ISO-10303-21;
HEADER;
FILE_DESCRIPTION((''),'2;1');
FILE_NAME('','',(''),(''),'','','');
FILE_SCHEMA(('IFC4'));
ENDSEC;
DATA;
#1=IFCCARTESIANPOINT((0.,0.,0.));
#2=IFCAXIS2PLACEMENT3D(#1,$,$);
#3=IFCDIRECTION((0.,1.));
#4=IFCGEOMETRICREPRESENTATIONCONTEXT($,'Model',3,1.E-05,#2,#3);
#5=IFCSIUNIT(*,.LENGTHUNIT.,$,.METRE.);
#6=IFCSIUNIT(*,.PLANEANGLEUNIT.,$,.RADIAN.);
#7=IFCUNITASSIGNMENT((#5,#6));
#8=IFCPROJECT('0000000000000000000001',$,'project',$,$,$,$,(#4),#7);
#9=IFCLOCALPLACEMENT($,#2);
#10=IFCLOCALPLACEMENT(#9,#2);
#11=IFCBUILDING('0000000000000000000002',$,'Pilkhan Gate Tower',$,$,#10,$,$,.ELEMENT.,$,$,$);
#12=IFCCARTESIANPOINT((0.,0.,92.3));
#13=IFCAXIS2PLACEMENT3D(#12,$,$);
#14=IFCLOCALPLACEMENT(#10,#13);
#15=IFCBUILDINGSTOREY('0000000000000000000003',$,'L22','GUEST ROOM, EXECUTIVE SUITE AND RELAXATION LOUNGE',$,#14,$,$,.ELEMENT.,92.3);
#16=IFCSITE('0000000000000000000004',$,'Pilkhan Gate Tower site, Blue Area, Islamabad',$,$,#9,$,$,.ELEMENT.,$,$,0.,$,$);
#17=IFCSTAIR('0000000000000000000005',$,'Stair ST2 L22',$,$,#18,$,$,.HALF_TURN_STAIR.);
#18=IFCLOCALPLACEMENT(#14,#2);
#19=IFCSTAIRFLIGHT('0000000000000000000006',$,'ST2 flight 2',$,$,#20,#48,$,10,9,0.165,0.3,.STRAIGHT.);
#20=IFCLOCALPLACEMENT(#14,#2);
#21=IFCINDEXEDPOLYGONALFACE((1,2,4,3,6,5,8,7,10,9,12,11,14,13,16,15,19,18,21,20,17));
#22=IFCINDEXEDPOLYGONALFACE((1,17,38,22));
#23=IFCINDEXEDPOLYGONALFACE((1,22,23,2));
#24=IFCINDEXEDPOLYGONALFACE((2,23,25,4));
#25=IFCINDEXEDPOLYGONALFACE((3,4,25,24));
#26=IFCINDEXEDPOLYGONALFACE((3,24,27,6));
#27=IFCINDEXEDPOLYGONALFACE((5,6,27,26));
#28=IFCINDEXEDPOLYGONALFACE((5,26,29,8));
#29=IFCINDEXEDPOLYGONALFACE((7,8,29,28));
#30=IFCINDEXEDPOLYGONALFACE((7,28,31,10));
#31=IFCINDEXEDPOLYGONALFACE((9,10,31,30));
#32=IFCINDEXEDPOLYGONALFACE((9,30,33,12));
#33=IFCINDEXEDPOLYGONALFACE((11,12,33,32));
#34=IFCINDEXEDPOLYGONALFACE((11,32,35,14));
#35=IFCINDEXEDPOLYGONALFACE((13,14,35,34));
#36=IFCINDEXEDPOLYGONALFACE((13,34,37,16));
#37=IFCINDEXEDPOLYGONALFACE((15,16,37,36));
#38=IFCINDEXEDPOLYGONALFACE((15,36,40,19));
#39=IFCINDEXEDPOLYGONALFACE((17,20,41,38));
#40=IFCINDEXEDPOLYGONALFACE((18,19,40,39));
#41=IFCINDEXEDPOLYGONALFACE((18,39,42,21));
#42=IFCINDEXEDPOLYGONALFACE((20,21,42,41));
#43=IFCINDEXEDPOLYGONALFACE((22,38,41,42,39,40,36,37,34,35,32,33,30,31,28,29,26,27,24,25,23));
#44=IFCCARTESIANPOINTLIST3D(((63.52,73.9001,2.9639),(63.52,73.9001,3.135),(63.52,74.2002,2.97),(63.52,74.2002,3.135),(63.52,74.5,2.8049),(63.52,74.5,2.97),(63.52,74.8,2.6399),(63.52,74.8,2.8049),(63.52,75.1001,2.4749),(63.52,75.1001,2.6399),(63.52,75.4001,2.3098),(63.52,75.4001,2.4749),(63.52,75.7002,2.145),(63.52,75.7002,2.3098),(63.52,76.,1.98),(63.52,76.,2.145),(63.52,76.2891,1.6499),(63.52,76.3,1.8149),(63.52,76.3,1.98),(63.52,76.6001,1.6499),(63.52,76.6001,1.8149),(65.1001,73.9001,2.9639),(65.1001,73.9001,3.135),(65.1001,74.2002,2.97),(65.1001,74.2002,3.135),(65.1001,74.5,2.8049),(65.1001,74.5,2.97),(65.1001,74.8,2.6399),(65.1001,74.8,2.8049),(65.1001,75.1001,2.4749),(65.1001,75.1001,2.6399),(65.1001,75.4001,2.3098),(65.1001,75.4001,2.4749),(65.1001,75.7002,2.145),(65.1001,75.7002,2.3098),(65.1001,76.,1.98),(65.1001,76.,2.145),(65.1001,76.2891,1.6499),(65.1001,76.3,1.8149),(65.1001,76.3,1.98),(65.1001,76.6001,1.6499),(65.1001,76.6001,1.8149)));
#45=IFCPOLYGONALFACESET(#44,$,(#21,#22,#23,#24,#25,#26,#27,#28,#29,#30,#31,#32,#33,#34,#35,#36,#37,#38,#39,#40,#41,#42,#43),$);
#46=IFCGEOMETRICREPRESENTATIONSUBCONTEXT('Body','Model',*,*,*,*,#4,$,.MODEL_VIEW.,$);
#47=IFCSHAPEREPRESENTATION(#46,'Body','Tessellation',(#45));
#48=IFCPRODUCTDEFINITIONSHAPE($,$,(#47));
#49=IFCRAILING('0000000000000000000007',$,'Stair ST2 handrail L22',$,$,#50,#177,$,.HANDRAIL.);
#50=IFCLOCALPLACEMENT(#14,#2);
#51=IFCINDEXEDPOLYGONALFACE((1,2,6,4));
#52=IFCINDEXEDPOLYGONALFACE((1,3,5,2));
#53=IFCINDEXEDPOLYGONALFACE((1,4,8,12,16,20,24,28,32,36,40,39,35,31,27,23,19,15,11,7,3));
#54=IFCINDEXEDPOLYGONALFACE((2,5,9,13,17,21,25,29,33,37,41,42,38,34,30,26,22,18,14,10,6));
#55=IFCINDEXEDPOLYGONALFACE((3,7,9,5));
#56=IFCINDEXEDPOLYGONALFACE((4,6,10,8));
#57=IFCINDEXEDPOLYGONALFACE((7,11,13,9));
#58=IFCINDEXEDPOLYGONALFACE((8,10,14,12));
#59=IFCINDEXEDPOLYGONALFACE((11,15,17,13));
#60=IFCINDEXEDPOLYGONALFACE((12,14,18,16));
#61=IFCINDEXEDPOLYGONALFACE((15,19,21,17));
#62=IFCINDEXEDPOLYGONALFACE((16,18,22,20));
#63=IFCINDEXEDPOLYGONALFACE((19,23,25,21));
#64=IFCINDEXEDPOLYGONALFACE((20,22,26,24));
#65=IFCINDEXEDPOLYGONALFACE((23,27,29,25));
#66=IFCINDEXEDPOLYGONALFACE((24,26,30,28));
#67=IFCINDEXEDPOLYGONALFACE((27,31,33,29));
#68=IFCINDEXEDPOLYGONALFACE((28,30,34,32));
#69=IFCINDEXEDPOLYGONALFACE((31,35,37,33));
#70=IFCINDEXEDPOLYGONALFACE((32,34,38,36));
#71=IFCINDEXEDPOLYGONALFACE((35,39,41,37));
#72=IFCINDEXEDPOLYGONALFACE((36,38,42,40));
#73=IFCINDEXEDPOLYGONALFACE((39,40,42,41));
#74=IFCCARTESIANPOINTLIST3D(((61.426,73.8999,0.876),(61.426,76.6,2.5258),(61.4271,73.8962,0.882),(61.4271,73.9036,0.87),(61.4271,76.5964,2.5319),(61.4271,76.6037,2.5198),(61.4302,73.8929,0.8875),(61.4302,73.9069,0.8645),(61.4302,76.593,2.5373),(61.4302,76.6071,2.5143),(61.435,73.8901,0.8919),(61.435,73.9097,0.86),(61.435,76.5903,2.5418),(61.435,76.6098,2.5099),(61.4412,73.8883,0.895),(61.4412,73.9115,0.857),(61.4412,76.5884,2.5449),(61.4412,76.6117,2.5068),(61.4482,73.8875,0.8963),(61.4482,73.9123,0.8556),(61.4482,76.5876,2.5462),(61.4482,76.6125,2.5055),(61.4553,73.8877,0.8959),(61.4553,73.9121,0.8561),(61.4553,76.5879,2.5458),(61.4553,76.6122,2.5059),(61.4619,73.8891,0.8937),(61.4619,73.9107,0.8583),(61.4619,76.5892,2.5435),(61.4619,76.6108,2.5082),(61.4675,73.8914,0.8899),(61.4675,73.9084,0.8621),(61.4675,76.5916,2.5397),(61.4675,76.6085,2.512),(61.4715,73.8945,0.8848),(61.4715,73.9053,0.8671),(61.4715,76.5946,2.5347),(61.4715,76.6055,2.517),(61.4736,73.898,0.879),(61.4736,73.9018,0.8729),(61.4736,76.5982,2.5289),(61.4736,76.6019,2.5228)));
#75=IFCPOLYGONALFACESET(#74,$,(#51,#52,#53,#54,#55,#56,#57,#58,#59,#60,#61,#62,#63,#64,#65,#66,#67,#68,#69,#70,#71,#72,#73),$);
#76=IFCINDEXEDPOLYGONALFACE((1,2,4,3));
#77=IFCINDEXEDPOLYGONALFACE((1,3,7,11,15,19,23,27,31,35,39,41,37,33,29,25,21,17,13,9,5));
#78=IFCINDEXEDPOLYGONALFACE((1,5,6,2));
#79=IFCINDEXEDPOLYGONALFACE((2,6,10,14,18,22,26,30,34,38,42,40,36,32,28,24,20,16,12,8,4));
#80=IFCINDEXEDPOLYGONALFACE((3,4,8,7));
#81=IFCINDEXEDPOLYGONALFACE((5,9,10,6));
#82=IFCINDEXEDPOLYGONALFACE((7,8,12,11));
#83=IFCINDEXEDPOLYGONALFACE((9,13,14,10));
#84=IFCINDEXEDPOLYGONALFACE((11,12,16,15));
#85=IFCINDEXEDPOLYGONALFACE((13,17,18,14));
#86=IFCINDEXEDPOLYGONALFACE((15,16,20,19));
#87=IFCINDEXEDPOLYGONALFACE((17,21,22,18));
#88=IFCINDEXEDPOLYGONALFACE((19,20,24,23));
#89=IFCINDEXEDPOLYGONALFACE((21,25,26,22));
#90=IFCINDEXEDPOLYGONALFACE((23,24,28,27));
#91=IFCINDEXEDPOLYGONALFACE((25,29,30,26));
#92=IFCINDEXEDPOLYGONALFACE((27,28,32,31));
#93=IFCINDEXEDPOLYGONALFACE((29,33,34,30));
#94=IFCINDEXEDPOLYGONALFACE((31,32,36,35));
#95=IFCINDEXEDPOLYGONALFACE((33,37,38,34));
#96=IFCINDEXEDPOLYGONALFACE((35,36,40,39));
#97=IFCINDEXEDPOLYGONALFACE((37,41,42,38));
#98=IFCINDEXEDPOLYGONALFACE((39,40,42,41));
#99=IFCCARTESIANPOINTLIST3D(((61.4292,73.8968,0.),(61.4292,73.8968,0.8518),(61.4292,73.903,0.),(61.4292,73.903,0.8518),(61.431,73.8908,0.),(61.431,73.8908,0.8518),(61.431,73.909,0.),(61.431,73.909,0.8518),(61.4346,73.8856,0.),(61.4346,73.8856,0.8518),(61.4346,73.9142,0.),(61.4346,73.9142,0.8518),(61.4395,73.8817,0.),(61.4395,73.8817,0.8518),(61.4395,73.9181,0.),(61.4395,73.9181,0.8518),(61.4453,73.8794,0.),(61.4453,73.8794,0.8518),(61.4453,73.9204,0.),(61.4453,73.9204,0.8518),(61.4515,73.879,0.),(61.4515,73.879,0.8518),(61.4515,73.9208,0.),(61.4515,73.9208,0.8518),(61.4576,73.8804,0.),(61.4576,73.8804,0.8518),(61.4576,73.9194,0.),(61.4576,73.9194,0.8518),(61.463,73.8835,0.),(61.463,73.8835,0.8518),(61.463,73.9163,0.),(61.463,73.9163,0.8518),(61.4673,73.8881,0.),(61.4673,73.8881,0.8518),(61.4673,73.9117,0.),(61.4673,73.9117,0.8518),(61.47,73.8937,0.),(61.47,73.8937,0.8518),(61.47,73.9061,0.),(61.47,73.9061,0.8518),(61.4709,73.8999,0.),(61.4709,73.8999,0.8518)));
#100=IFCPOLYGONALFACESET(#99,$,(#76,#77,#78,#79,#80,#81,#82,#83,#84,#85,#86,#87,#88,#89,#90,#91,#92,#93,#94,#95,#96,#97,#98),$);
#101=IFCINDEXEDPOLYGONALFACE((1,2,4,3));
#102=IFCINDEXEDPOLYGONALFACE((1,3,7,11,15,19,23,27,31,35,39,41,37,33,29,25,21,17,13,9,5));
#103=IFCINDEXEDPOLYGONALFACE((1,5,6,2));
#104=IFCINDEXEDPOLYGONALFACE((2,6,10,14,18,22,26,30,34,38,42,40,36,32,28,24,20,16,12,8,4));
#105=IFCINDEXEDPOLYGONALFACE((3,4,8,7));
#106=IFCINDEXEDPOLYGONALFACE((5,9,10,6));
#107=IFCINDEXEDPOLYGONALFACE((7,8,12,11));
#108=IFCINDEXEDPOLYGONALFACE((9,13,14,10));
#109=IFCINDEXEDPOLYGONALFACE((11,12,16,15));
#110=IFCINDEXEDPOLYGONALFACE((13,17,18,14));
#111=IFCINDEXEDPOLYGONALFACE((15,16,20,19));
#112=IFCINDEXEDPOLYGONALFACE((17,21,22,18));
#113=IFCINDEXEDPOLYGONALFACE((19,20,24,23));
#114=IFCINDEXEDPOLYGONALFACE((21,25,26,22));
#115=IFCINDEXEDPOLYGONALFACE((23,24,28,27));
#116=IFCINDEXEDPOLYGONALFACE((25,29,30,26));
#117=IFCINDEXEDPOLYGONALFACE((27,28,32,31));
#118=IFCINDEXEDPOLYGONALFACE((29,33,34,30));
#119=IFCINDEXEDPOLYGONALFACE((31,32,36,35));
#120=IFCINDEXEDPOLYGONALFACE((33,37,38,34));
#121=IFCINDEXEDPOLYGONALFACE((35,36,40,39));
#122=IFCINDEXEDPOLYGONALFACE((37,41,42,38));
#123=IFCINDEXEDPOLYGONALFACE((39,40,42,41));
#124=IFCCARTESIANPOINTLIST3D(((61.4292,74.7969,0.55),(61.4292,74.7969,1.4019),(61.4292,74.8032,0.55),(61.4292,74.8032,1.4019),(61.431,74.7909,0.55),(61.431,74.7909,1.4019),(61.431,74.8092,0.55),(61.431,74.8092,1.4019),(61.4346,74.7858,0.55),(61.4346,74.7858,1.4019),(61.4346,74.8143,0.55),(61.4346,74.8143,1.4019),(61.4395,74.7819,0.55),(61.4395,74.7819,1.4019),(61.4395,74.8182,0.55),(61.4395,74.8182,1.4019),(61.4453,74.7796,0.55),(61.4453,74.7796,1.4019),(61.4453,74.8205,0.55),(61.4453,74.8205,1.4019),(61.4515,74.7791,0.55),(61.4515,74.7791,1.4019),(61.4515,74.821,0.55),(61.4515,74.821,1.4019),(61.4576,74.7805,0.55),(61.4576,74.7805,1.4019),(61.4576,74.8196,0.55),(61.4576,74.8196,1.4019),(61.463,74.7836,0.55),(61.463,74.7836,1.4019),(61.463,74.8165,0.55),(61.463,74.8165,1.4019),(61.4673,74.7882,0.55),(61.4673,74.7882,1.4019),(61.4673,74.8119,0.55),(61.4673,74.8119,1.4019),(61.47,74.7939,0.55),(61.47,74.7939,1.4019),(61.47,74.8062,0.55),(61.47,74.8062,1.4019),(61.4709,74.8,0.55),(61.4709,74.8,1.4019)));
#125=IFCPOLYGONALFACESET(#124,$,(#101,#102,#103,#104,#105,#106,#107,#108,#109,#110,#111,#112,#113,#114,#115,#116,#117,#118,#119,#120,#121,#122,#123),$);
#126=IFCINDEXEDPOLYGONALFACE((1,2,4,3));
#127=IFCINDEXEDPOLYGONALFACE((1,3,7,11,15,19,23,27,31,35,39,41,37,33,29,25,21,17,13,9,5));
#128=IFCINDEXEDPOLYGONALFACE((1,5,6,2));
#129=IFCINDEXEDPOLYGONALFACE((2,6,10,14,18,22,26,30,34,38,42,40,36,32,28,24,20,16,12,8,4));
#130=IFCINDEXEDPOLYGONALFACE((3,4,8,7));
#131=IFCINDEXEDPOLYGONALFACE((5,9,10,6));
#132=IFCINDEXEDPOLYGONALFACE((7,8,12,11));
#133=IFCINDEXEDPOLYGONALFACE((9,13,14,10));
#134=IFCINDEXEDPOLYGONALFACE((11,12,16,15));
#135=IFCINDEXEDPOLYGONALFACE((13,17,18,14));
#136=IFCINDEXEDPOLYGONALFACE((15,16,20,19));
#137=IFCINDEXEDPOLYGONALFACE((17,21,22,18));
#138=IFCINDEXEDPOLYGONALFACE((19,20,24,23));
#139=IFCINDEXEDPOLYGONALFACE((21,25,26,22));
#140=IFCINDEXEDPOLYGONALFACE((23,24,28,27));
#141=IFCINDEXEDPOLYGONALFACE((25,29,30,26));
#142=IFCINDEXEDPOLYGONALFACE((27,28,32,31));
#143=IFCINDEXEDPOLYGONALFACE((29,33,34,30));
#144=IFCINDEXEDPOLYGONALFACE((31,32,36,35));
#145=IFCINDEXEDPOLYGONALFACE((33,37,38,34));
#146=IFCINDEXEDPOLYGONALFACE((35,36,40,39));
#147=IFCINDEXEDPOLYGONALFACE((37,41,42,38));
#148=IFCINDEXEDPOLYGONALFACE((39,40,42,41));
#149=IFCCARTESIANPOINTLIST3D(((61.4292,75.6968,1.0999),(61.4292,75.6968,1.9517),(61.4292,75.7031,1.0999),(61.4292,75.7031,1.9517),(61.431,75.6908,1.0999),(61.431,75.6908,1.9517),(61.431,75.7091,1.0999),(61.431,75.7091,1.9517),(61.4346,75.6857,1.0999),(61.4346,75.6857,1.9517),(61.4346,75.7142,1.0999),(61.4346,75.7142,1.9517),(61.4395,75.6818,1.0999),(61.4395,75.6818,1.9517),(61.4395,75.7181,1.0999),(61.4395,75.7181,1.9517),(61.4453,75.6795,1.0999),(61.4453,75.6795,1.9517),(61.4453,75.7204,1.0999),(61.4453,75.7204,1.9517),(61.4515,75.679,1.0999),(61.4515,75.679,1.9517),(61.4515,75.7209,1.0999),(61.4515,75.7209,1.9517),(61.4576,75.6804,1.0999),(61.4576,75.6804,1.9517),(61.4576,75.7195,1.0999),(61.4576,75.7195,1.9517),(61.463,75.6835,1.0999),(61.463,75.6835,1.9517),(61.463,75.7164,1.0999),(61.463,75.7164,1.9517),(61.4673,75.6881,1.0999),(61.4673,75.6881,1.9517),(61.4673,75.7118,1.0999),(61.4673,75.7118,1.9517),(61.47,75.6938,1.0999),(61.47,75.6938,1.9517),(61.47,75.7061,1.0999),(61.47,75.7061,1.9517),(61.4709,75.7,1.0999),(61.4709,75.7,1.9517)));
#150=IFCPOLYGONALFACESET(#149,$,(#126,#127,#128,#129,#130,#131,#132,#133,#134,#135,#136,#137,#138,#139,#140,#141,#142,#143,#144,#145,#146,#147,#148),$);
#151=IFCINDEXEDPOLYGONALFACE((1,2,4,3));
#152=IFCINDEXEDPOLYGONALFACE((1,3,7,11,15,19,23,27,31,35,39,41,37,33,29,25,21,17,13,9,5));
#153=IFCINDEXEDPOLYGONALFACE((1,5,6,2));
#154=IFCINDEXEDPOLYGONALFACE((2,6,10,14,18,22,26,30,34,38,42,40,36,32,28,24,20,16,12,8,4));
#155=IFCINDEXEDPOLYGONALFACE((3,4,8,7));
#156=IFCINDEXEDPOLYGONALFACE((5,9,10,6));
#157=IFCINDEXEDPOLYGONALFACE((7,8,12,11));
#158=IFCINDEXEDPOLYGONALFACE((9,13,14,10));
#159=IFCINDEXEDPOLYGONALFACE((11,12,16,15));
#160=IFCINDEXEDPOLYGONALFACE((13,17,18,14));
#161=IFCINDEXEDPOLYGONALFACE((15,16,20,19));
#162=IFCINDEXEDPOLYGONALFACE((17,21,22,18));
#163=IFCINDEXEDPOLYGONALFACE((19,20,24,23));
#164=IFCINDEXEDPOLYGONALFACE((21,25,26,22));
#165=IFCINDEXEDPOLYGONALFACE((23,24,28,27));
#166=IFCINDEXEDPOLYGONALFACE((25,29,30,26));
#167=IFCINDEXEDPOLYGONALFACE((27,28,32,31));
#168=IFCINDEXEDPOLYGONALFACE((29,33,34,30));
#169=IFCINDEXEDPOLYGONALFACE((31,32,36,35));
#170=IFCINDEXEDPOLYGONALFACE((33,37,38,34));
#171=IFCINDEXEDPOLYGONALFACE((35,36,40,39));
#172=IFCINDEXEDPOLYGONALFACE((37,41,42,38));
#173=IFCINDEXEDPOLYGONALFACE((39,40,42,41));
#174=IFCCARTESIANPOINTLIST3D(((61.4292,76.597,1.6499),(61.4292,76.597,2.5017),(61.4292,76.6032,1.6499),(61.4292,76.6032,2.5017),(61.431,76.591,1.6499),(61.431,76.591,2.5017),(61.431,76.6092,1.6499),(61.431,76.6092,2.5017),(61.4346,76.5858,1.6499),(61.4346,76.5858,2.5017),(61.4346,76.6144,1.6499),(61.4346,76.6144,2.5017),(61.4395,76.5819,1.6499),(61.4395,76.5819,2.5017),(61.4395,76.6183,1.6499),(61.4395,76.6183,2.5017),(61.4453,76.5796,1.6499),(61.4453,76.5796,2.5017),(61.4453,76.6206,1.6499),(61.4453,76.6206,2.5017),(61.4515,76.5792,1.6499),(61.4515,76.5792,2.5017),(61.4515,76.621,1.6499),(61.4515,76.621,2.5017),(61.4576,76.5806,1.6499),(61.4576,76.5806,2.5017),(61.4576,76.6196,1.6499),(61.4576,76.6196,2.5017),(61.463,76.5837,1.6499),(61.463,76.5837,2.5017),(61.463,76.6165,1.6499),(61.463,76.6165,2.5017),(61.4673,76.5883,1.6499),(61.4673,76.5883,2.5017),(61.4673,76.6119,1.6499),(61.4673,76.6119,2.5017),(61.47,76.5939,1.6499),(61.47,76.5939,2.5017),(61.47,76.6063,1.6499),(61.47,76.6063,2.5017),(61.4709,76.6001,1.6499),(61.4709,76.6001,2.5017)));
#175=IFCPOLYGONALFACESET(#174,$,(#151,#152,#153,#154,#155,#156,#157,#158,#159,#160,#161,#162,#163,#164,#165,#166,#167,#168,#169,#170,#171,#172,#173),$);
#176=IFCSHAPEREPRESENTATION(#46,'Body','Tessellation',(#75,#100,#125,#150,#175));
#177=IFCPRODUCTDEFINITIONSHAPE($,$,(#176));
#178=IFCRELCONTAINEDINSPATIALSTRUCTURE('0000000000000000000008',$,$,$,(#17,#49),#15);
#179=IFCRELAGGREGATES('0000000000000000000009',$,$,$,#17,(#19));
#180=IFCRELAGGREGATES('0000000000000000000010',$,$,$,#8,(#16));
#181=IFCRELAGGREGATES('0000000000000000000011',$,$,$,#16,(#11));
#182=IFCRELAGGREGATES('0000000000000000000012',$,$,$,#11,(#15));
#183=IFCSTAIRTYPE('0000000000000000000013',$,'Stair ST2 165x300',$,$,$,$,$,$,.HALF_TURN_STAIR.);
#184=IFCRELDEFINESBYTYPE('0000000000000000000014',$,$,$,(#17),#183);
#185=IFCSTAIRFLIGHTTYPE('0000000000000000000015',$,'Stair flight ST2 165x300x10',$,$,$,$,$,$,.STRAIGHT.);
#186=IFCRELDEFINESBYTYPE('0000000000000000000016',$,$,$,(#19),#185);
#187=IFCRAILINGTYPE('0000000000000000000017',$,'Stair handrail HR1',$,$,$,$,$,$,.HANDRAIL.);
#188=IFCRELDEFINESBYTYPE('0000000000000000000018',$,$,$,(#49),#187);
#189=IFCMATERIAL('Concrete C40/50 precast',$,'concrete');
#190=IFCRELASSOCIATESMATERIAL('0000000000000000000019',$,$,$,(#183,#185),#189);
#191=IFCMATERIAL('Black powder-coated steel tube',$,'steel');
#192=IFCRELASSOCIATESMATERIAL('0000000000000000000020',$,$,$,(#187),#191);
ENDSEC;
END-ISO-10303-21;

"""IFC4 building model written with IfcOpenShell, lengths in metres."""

from ifc_helpers import new_model, si_unit, direction, frame, origin, origin_2d, place, context, subcontext, project, spatial, polyline, circle, outline, extrude, material, type_object, element, aggregate, save


model = new_model("IFC4")

# Units and contexts
model_context = context("Model", 3, precision=1e-05, world=origin(), true_north=direction((0.0, 1.0)))
body_context = subcontext(model_context, "Body", "Model", "MODEL_VIEW")
ifc_project = project(units=[si_unit("LENGTHUNIT", "METRE"), si_unit("PLANEANGLEUNIT", "RADIAN")], contexts=[model_context])

# Site, building, storey
site_placement = place(None, origin())
site = spatial("IfcSite", under=ifc_project, at=site_placement, Name="Pilkhan Gate Tower site, Blue Area, Islamabad", CompositionType="ELEMENT", RefElevation=0.0)
building_placement = place(site_placement, origin())
building = spatial("IfcBuilding", under=site, at=building_placement, Name="Pilkhan Gate Tower", CompositionType="ELEMENT")
storey_placement = place(building_placement, frame((0.0, 0.0, 92.3)))
storey = spatial("IfcBuildingStorey", under=building, at=storey_placement, Name="L22", Description="GUEST ROOM, EXECUTIVE SUITE AND RELAXATION LOUNGE", CompositionType="ELEMENT", Elevation=92.3)

# Stair, stair flight
ifc_material_1 = material(Name="Concrete C40/50 precast", Category="concrete")
stair_type = type_object("IfcStairType", Name="Stair ST2 165x300", PredefinedType="HALF_TURN_STAIR", material=ifc_material_1)
stair_placement = place(storey_placement, origin())
stair = element("IfcStair", 1, at=stair_placement, inside=storey, type_object=stair_type, Name="Stair ST2 L22", PredefinedType="HALF_TURN_STAIR")
stair_flight_type = type_object("IfcStairFlightType", Name="Stair flight ST2 165x300x10", PredefinedType="STRAIGHT", material=ifc_material_1)
stair_flight_1_placement = place(storey_placement, frame((64.3101, 76.6001, 1.6499), z_axis=(0.0, 0.0, 1.0), x_axis=(0.0, -1.0, 0.0)))
stair_flight_1 = element("IfcStairFlight", 2, at=stair_flight_1_placement, type_object=stair_flight_type, Name="ST2 flight 2", NumberOfRisers=10, NumberOfTreads=9, PredefinedType="STRAIGHT", RiserHeight=0.165, TreadLength=0.3, context=body_context, shape_type="SweptSolid", body=[
    extrude(outline(polyline([(0.0, 0.0), (0.0, 0.165), (0.3, 0.165), (0.3, 0.3301), (0.6001, 0.3301), (0.6001, 0.4951), (0.8999, 0.4951), (0.8999, 0.6599), (1.2, 0.6599), (1.2, 0.825), (1.5, 0.825), (1.5, 0.99), (1.8, 0.99), (1.8, 1.155), (2.1001, 1.155), (2.1001, 1.3201), (2.3999, 1.3201), (2.3999, 1.4851), (2.7, 1.4851), (2.7, 1.6499), (2.7, 1.314), (0.311, 0.0), (0.0, 0.0)])), frame((0.0, 0.79, 0.0), z_axis=(0.0, -1.0, 0.0), x_axis=(1.0, 0.0, 0.0)), (0.0, 0.0, 1.0), 1.5801),
])
aggregate(stair, [stair_flight_1])

# Railing
ifc_material_2 = material(Name="Black powder-coated steel tube", Category="steel")
railing_type_1 = type_object("IfcRailingType", Name="Stair handrail HR1", PredefinedType="HANDRAIL", material=ifc_material_2)
railing_1_placement = place(storey_placement, frame((61.45, 73.8999, 0.0)))
element("IfcRailing", 3, at=railing_1_placement, inside=storey, type_object=railing_type_1, Name="Stair ST2 handrail L22", PredefinedType="HANDRAIL", context=body_context, shape_type="SweptSolid", body=[
    extrude(circle(Radius=0.0239, at=origin_2d()), frame((0.0, 0.0, 0.876), z_axis=(0.0, 0.853312, 0.5214), x_axis=(-1.0, 0.0, 0.0)), (0.0, 0.0, 1.0), 3.1643),
    extrude(circle(Radius=0.021, at=origin_2d()), origin(), (0.0, 0.0, 1.0), 0.8518),
    extrude(circle(Radius=0.021, at=origin_2d()), frame((0.0, 0.9001, 0.55)), (0.0, 0.0, 1.0), 0.8518),
    extrude(circle(Radius=0.021, at=origin_2d()), frame((0.0, 1.8, 1.0999)), (0.0, 0.0, 1.0), 0.8518),
    extrude(circle(Radius=0.021, at=origin_2d()), frame((0.0, 2.7002, 1.6499)), (0.0, 0.0, 1.0), 0.8518),
])

save(model, "model.ifc")
